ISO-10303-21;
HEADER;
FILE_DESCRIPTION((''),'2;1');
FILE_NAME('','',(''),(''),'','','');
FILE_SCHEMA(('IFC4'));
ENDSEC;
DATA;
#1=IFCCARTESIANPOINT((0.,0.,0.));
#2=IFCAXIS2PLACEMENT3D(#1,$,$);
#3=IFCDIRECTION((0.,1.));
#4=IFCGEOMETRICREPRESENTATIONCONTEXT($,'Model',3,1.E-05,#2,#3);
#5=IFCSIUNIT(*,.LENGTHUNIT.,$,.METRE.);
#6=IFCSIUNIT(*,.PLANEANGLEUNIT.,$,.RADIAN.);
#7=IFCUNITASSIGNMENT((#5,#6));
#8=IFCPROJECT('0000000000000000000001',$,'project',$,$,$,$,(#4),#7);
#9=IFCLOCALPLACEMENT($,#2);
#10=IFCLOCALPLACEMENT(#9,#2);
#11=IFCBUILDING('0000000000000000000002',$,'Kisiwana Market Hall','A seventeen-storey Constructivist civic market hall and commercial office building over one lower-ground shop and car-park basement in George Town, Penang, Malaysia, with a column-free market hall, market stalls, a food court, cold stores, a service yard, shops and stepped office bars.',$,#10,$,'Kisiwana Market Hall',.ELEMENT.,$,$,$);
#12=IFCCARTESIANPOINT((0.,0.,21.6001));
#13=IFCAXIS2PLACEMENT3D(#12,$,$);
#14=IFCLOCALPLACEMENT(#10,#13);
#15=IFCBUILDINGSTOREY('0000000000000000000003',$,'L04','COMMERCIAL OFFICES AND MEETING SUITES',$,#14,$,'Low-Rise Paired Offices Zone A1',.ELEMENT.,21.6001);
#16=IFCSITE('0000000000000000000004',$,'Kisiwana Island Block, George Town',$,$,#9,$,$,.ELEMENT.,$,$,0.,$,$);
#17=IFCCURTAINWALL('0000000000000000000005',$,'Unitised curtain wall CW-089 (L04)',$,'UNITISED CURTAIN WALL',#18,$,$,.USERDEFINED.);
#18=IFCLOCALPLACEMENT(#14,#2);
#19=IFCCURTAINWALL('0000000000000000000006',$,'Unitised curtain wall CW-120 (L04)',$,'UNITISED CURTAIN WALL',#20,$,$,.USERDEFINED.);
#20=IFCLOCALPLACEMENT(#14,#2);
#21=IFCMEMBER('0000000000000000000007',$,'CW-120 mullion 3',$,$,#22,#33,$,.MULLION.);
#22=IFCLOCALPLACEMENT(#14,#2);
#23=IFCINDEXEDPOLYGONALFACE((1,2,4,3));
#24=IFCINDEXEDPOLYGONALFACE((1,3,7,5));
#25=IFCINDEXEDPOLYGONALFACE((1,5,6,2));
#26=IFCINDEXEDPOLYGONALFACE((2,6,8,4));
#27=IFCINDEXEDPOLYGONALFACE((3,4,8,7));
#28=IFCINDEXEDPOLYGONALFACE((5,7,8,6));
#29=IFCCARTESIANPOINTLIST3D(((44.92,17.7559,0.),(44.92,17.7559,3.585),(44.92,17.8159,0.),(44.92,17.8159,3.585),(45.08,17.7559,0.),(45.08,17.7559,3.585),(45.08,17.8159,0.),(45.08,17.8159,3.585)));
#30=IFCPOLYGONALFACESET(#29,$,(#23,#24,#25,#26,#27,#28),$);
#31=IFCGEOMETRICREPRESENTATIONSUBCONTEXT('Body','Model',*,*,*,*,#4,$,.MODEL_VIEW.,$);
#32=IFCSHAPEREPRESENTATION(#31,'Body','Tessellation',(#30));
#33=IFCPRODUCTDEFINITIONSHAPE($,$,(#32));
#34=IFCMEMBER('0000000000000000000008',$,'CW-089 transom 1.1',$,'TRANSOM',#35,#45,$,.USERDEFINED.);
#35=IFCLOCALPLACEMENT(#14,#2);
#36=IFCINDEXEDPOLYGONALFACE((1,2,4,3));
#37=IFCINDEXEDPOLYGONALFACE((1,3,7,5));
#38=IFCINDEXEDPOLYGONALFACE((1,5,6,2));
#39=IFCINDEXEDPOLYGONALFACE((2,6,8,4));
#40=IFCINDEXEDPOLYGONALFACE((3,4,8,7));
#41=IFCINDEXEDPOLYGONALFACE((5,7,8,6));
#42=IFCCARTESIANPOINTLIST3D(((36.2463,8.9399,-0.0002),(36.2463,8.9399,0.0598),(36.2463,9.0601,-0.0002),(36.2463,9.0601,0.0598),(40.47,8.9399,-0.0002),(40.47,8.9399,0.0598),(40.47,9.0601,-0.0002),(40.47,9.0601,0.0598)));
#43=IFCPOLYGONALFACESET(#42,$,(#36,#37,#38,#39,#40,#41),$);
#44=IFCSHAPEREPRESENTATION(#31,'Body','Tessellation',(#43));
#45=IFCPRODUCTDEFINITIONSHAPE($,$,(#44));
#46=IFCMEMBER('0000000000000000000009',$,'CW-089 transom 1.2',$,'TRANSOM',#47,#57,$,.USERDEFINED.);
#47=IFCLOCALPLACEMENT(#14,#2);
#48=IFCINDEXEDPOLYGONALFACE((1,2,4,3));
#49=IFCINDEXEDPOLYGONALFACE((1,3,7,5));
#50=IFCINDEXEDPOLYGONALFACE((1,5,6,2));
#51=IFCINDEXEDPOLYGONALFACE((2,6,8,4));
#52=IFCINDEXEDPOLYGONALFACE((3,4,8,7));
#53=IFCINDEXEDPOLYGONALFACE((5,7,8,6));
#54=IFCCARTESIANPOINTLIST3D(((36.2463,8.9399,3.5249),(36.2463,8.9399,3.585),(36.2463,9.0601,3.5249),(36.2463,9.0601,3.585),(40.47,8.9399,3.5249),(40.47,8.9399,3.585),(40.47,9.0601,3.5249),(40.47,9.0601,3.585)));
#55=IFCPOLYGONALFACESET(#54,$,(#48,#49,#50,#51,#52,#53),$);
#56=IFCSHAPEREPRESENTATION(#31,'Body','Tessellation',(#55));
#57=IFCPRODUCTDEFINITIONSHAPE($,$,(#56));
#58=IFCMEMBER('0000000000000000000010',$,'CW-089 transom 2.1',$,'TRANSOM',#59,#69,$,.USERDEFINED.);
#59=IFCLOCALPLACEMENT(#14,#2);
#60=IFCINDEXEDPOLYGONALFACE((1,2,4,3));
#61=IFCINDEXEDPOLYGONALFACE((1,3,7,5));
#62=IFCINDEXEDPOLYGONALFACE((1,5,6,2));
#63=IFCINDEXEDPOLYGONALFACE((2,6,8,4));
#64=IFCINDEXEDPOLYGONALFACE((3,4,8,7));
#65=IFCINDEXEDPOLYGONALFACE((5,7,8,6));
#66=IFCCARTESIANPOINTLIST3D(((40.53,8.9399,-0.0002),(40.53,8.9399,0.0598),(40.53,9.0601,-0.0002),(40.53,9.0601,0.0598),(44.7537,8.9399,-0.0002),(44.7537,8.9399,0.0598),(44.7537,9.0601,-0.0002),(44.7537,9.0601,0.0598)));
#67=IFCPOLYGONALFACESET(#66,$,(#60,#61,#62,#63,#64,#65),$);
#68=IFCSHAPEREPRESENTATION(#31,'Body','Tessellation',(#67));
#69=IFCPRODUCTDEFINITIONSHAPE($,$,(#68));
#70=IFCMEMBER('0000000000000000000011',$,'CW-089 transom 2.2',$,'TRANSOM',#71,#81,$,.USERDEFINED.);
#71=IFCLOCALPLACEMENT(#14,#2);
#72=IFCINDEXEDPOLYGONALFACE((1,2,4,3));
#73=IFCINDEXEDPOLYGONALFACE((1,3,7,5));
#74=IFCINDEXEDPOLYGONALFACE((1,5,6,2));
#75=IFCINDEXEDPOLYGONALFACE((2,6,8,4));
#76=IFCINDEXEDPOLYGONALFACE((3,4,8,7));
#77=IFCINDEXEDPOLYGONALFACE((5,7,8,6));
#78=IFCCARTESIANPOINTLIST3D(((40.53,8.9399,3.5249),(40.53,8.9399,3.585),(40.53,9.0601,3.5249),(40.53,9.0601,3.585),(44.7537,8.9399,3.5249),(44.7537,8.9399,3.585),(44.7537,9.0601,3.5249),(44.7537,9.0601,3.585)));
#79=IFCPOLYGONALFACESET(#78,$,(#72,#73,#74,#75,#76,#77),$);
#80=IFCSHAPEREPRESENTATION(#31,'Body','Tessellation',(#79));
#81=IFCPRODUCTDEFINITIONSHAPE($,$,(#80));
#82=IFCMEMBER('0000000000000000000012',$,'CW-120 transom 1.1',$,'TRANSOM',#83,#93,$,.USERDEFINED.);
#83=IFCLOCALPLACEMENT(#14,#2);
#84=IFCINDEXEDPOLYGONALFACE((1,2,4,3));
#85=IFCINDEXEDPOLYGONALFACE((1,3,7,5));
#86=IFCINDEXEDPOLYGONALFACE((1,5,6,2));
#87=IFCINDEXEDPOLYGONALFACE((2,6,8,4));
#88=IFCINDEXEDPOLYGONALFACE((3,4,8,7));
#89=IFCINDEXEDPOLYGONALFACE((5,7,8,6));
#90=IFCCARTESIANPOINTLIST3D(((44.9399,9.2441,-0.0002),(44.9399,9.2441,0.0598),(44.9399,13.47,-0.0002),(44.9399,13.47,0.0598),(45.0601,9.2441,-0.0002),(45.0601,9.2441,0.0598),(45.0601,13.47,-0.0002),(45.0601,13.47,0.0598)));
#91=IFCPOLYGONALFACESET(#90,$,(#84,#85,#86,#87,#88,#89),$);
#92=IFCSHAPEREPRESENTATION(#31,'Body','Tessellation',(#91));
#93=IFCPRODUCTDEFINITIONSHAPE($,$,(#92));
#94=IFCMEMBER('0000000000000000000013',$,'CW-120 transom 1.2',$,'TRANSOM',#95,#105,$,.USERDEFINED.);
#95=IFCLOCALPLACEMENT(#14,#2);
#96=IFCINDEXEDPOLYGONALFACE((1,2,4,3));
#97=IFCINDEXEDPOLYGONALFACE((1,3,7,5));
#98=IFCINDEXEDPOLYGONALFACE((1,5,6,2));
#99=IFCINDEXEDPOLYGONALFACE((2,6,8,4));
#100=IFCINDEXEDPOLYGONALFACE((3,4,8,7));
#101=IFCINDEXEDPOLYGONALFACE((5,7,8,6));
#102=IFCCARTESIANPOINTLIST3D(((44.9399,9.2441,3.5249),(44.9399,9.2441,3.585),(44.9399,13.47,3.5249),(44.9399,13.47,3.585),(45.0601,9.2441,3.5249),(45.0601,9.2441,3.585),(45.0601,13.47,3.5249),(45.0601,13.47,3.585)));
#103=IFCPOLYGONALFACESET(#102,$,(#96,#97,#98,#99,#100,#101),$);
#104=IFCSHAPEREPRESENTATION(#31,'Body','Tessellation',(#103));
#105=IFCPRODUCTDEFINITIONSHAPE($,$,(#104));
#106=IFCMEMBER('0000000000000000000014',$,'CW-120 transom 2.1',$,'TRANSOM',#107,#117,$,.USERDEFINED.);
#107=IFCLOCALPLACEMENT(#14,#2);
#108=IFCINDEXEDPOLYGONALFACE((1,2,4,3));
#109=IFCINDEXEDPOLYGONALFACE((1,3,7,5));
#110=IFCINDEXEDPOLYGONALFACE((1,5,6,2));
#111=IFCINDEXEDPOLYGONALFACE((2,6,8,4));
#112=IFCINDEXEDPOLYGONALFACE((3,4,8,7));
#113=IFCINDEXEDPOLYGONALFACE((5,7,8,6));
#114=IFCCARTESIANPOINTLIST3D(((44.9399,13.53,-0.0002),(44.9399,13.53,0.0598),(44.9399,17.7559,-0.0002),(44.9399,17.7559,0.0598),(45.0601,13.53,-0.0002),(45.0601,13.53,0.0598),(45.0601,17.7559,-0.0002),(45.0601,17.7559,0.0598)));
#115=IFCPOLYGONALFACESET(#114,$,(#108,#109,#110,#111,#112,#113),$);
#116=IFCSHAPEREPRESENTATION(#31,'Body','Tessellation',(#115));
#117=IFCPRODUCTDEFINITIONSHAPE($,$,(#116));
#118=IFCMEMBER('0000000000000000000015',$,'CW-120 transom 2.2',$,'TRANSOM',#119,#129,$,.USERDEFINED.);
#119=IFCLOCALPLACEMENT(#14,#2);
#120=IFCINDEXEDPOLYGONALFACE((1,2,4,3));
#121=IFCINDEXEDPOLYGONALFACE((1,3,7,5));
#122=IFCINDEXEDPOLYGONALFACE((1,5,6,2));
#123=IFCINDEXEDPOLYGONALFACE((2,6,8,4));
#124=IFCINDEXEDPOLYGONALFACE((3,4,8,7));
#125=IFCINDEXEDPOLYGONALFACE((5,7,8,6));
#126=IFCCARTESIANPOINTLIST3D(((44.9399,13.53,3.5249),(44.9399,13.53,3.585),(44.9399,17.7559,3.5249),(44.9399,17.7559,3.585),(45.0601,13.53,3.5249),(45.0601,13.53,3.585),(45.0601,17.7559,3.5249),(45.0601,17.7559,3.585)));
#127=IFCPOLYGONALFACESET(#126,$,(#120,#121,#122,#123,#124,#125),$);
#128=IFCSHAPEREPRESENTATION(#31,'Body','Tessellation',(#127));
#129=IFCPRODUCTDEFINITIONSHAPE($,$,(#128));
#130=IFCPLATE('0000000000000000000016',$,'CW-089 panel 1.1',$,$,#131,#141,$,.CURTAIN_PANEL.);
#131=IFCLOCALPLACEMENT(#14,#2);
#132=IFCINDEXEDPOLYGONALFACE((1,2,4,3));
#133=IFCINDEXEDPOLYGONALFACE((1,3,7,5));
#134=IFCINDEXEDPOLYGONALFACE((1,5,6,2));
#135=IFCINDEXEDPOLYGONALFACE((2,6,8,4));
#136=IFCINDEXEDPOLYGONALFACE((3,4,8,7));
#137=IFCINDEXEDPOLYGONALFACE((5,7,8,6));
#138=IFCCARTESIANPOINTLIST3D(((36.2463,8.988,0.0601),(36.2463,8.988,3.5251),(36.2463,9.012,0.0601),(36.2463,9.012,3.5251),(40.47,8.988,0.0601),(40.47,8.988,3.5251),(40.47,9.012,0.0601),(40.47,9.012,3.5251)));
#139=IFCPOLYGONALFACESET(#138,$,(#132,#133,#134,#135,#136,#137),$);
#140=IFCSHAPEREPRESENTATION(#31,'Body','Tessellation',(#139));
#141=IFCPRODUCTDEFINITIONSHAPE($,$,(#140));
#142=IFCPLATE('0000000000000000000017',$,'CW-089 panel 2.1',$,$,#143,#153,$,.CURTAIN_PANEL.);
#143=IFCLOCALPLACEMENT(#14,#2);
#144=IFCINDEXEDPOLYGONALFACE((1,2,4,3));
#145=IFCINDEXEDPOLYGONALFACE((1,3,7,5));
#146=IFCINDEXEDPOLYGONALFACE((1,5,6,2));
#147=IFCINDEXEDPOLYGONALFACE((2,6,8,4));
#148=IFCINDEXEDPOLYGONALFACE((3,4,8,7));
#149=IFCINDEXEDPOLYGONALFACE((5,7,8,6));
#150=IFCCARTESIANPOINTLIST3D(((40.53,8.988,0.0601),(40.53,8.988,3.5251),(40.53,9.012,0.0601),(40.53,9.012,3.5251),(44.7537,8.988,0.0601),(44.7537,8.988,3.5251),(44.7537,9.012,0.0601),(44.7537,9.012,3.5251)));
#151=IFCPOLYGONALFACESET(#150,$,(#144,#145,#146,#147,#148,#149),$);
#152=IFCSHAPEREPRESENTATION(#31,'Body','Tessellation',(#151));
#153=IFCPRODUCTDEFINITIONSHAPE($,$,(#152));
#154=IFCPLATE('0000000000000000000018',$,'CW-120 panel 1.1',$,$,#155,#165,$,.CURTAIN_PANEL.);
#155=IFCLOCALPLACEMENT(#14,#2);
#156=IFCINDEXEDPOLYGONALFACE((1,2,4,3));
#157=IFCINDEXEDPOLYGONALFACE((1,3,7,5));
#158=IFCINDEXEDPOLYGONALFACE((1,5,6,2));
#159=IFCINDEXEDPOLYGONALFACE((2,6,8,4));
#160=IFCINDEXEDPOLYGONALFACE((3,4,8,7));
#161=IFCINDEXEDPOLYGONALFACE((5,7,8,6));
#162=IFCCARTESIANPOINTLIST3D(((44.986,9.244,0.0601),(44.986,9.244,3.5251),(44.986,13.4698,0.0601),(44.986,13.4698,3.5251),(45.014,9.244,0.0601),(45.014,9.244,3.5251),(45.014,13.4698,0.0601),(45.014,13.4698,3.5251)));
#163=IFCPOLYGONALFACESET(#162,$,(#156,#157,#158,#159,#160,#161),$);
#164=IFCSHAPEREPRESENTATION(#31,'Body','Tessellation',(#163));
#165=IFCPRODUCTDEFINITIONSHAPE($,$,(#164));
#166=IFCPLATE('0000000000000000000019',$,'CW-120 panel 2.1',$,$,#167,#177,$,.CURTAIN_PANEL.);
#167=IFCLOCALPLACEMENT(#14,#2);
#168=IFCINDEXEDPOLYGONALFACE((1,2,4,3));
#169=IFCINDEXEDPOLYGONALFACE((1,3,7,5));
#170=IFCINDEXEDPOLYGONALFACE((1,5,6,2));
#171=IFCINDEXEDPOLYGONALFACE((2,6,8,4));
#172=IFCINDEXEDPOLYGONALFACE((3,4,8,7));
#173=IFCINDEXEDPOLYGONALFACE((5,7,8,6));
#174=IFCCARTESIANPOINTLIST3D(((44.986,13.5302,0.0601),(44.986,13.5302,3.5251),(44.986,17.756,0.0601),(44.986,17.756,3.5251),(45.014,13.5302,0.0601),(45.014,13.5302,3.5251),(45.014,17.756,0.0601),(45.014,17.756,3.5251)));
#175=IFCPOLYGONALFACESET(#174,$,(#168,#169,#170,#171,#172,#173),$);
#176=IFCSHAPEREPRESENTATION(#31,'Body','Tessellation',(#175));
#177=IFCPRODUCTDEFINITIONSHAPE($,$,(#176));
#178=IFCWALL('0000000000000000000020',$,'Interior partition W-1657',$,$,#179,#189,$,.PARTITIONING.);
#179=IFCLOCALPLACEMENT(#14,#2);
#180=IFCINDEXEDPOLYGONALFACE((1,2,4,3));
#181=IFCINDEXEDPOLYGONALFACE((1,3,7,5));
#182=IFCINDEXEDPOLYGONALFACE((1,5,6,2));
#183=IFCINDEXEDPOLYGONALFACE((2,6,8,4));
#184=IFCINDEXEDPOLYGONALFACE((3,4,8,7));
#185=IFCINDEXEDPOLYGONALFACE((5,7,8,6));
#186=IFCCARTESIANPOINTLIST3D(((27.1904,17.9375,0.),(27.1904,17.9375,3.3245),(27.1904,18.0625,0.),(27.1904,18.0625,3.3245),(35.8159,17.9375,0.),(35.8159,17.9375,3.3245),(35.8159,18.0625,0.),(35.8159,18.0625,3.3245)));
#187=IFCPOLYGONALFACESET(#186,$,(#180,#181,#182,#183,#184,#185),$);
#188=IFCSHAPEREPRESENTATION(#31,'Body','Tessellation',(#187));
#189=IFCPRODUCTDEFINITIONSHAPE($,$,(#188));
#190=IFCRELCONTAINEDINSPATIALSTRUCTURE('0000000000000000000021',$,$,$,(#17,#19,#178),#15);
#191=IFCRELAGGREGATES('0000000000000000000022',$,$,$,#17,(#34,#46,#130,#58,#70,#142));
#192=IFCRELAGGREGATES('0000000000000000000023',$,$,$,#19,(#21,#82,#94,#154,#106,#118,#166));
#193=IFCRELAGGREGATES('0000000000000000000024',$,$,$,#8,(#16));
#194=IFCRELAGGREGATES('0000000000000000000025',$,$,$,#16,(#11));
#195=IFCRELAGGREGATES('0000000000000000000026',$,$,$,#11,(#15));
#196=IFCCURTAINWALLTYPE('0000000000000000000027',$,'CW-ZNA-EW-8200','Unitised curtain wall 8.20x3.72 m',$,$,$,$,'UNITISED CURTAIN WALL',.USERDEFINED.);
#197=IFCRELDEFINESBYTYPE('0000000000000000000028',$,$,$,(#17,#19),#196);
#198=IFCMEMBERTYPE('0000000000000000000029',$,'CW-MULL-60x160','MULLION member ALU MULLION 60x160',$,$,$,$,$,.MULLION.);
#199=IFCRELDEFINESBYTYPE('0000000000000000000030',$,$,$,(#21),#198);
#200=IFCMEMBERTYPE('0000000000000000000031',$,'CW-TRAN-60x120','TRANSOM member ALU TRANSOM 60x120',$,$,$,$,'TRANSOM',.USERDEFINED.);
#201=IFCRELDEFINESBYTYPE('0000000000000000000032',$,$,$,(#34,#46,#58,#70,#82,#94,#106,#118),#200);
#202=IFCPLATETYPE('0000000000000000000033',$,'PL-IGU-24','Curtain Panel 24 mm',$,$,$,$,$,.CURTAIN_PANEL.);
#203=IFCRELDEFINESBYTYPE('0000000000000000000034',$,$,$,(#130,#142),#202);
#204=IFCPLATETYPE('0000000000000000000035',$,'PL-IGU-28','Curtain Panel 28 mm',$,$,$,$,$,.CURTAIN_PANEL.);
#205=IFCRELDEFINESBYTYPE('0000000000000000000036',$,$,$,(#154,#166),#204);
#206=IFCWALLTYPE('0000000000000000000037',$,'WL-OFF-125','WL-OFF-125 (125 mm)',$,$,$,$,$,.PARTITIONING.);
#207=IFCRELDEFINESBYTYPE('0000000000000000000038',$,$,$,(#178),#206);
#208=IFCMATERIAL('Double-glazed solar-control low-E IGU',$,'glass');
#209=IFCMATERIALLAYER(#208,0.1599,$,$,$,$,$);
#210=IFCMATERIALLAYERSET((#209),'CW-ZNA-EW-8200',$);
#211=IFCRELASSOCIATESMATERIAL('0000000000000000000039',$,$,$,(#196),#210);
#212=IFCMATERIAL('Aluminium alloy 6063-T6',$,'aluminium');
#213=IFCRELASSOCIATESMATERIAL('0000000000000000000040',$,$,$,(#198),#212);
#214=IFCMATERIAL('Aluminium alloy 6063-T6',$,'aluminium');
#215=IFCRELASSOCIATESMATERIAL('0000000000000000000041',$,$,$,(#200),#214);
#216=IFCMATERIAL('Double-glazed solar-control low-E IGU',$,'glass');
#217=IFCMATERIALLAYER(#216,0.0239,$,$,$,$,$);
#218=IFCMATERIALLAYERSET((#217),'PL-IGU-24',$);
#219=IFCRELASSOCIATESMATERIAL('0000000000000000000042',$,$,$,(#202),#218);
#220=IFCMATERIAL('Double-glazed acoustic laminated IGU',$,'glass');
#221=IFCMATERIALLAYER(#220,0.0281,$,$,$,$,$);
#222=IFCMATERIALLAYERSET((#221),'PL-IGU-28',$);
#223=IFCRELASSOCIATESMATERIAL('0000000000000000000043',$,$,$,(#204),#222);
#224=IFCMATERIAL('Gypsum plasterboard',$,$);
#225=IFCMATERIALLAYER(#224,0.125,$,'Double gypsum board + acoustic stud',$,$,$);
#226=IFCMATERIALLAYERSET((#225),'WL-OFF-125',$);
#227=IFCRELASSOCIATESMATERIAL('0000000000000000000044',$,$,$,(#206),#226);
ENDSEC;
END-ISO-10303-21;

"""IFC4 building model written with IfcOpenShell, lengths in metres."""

from ifc_helpers import new_model, si_unit, direction, frame, frame_2d, origin, origin_2d, place, context, subcontext, project, spatial, rectangle, extrude, material, layer, layer_set, material_profile, profile_set, type_object, element, aggregate, save


model = new_model("IFC4")

# Units and contexts
model_context = context("Model", 3, precision=1e-05, world=origin(), true_north=direction((0.0, 1.0)))
body_context = subcontext(model_context, "Body", "Model", "MODEL_VIEW")
ifc_project = project(units=[si_unit("LENGTHUNIT", "METRE"), si_unit("PLANEANGLEUNIT", "RADIAN")], contexts=[model_context])

# Site, building, storey
site_placement = place(None, origin())
site = spatial("IfcSite", under=ifc_project, at=site_placement, Name="Kisiwana Island Block, George Town", CompositionType="ELEMENT", RefElevation=0.0)
building_placement = place(site_placement, origin())
building = spatial("IfcBuilding", under=site, at=building_placement, Name="Kisiwana Market Hall", Description="A seventeen-storey Constructivist civic market hall and commercial office building over one lower-ground shop and car-park basement in George Town, Penang, Malaysia, with a column-free market hall, market stalls, a food court, cold stores, a service yard, shops and stepped office bars.", LongName="Kisiwana Market Hall", CompositionType="ELEMENT")
storey_placement = place(building_placement, frame((0.0, 0.0, 21.6001)))
storey = spatial("IfcBuildingStorey", under=building, at=storey_placement, Name="L04", Description="COMMERCIAL OFFICES AND MEETING SUITES", LongName="Low-Rise Paired Offices Zone A1", CompositionType="ELEMENT", Elevation=21.6001)

# Curtain walls, member
ifc_material_1 = material(Name="Double-glazed solar-control low-E IGU", Category="glass")
ifc_layer_1 = layer(ifc_material_1, 0.1599)
ifc_layer_set_1 = layer_set([ifc_layer_1], Name="CW-ZNA-EW-8200")
curtain_wall_type = type_object("IfcCurtainWallType", Name="CW-ZNA-EW-8200", Description="Unitised curtain wall 8.20x3.72 m", ElementType="UNITISED CURTAIN WALL", PredefinedType="USERDEFINED", material=ifc_layer_set_1)
curtain_wall_1_placement = place(storey_placement, origin())
curtain_wall_1 = element("IfcCurtainWall", 1, at=curtain_wall_1_placement, inside=storey, type_object=curtain_wall_type, Name="Unitised curtain wall CW-089 (L04)", ObjectType="UNITISED CURTAIN WALL", PredefinedType="USERDEFINED")
ifc_material_2 = material(Name="Aluminium alloy 6063-T6", Category="aluminium")
ifc_material_profile_1 = material_profile(ifc_material_2, rectangle(XDim=0.0601, YDim=0.1599, at=origin_2d()), Name="ALU MULLION 60x160")
ifc_profile_set_1 = profile_set([ifc_material_profile_1], Name="Aluminium alloy 6063-T6")
member_type_1 = type_object("IfcMemberType", Name="CW-MULL-60x160", Description="MULLION member ALU MULLION 60x160", PredefinedType="MULLION", material=ifc_profile_set_1)
curtain_wall_2_placement = place(storey_placement, origin())
curtain_wall_2 = element("IfcCurtainWall", 2, at=curtain_wall_2_placement, inside=storey, type_object=curtain_wall_type, Name="Unitised curtain wall CW-120 (L04)", ObjectType="UNITISED CURTAIN WALL", PredefinedType="USERDEFINED")
member_1_placement = place(storey_placement, frame((45.0, 17.7859, 0.0), z_axis=(0.0, 0.0, 1.0), x_axis=(0.0, 1.0, 0.0)))
member_1 = element("IfcMember", 3, at=member_1_placement, type_object=member_type_1, Name="CW-120 mullion 3", PredefinedType="MULLION", context=body_context, shape_type="SweptSolid", body=[
    extrude(rectangle(XDim=0.0601, YDim=0.1599, at=origin_2d()), origin(), (0.0, 0.0, 1.0), 3.585),
])

# Members
ifc_material_3 = material(Name="Aluminium alloy 6063-T6", Category="aluminium")
ifc_material_profile_2 = material_profile(ifc_material_3, rectangle(XDim=0.1201, YDim=0.0601, at=origin_2d()), Name="ALU TRANSOM 60x120")
ifc_profile_set_2 = profile_set([ifc_material_profile_2], Name="Aluminium alloy 6063-T6")
member_type_2 = type_object("IfcMemberType", Name="CW-TRAN-60x120", Description="TRANSOM member ALU TRANSOM 60x120", ElementType="TRANSOM", PredefinedType="USERDEFINED", material=ifc_profile_set_2)
member_2_placement = place(storey_placement, frame((36.2463, 9.0, 0.0298), z_axis=(1.0, 0.0, 0.0), x_axis=(0.0, 1.0, 0.0)))
member_2 = element("IfcMember", 4, at=member_2_placement, type_object=member_type_2, Name="CW-089 transom 1.1", ObjectType="TRANSOM", PredefinedType="USERDEFINED", context=body_context, shape_type="SweptSolid", body=[
    extrude(rectangle(XDim=0.1201, YDim=0.0601, at=origin_2d()), origin(), (0.0, 0.0, 1.0), 4.2236),
])
member_3_placement = place(storey_placement, frame((36.2463, 9.0, 3.5549), z_axis=(1.0, 0.0, 0.0), x_axis=(0.0, 1.0, 0.0)))
member_3 = element("IfcMember", 5, at=member_3_placement, type_object=member_type_2, Name="CW-089 transom 1.2", ObjectType="TRANSOM", PredefinedType="USERDEFINED", context=body_context, shape_type="SweptSolid", body=[
    extrude(rectangle(XDim=0.1201, YDim=0.0601, at=origin_2d()), origin(), (0.0, 0.0, 1.0), 4.2236),
])
member_4_placement = place(storey_placement, frame((40.53, 9.0, 0.0298), z_axis=(1.0, 0.0, 0.0), x_axis=(0.0, 1.0, 0.0)))
member_4 = element("IfcMember", 6, at=member_4_placement, type_object=member_type_2, Name="CW-089 transom 2.1", ObjectType="TRANSOM", PredefinedType="USERDEFINED", context=body_context, shape_type="SweptSolid", body=[
    extrude(rectangle(XDim=0.1201, YDim=0.0601, at=origin_2d()), origin(), (0.0, 0.0, 1.0), 4.2236),
])
member_5_placement = place(storey_placement, frame((40.53, 9.0, 3.5549), z_axis=(1.0, 0.0, 0.0), x_axis=(0.0, 1.0, 0.0)))
member_5 = element("IfcMember", 7, at=member_5_placement, type_object=member_type_2, Name="CW-089 transom 2.2", ObjectType="TRANSOM", PredefinedType="USERDEFINED", context=body_context, shape_type="SweptSolid", body=[
    extrude(rectangle(XDim=0.1201, YDim=0.0601, at=origin_2d()), origin(), (0.0, 0.0, 1.0), 4.2236),
])
member_6_placement = place(storey_placement, frame((45.0, 9.2441, 0.0298), z_axis=(0.0, 1.0, 0.0), x_axis=(-1.0, 0.0, 0.0)))
member_6 = element("IfcMember", 8, at=member_6_placement, type_object=member_type_2, Name="CW-120 transom 1.1", ObjectType="TRANSOM", PredefinedType="USERDEFINED", context=body_context, shape_type="SweptSolid", body=[
    extrude(rectangle(XDim=0.1201, YDim=0.0601, at=origin_2d()), origin(), (0.0, 0.0, 1.0), 4.2258),
])
member_7_placement = place(storey_placement, frame((45.0, 9.2441, 3.5549), z_axis=(0.0, 1.0, 0.0), x_axis=(-1.0, 0.0, 0.0)))
member_7 = element("IfcMember", 9, at=member_7_placement, type_object=member_type_2, Name="CW-120 transom 1.2", ObjectType="TRANSOM", PredefinedType="USERDEFINED", context=body_context, shape_type="SweptSolid", body=[
    extrude(rectangle(XDim=0.1201, YDim=0.0601, at=origin_2d()), origin(), (0.0, 0.0, 1.0), 4.2258),
])
member_8_placement = place(storey_placement, frame((45.0, 13.53, 0.0298), z_axis=(0.0, 1.0, 0.0), x_axis=(-1.0, 0.0, 0.0)))
member_8 = element("IfcMember", 10, at=member_8_placement, type_object=member_type_2, Name="CW-120 transom 2.1", ObjectType="TRANSOM", PredefinedType="USERDEFINED", context=body_context, shape_type="SweptSolid", body=[
    extrude(rectangle(XDim=0.1201, YDim=0.0601, at=origin_2d()), origin(), (0.0, 0.0, 1.0), 4.2258),
])
member_9_placement = place(storey_placement, frame((45.0, 13.53, 3.5549), z_axis=(0.0, 1.0, 0.0), x_axis=(-1.0, 0.0, 0.0)))
member_9 = element("IfcMember", 11, at=member_9_placement, type_object=member_type_2, Name="CW-120 transom 2.2", ObjectType="TRANSOM", PredefinedType="USERDEFINED", context=body_context, shape_type="SweptSolid", body=[
    extrude(rectangle(XDim=0.1201, YDim=0.0601, at=origin_2d()), origin(), (0.0, 0.0, 1.0), 4.2258),
])

# Plates
ifc_material_4 = material(Name="Double-glazed solar-control low-E IGU", Category="glass")
ifc_layer_2 = layer(ifc_material_4, 0.0239)
ifc_layer_set_2 = layer_set([ifc_layer_2], Name="PL-IGU-24")
plate_type_1 = type_object("IfcPlateType", Name="PL-IGU-24", Description="Curtain Panel 24 mm", PredefinedType="CURTAIN_PANEL", material=ifc_layer_set_2)
plate_1_placement = place(storey_placement, frame((38.3582, 9.0, 0.0601), z_axis=(0.0, 0.0, 1.0), x_axis=(1.0, 0.0, 0.0)))
plate_1 = element("IfcPlate", 12, at=plate_1_placement, type_object=plate_type_1, Name="CW-089 panel 1.1", PredefinedType="CURTAIN_PANEL", context=body_context, shape_type="SweptSolid", body=[
    extrude(rectangle(XDim=4.2236, YDim=0.0239, at=origin_2d()), origin(), (0.0, 0.0, 1.0), 3.4651),
])
plate_2_placement = place(storey_placement, frame((42.6418, 9.0, 0.0601), z_axis=(0.0, 0.0, 1.0), x_axis=(1.0, 0.0, 0.0)))
plate_2 = element("IfcPlate", 13, at=plate_2_placement, type_object=plate_type_1, Name="CW-089 panel 2.1", PredefinedType="CURTAIN_PANEL", context=body_context, shape_type="SweptSolid", body=[
    extrude(rectangle(XDim=4.2236, YDim=0.0239, at=origin_2d()), origin(), (0.0, 0.0, 1.0), 3.4651),
])
aggregate(curtain_wall_1, [member_2, member_3, plate_1, member_4, member_5, plate_2])
ifc_material_5 = material(Name="Double-glazed acoustic laminated IGU", Category="glass")
ifc_layer_3 = layer(ifc_material_5, 0.0281)
ifc_layer_set_3 = layer_set([ifc_layer_3], Name="PL-IGU-28")
plate_type_2 = type_object("IfcPlateType", Name="PL-IGU-28", Description="Curtain Panel 28 mm", PredefinedType="CURTAIN_PANEL", material=ifc_layer_set_3)
plate_3_placement = place(storey_placement, frame((45.0, 11.3569, 0.0601), z_axis=(0.0, 0.0, 1.0), x_axis=(0.0, 1.0, 0.0)))
plate_3 = element("IfcPlate", 14, at=plate_3_placement, type_object=plate_type_2, Name="CW-120 panel 1.1", PredefinedType="CURTAIN_PANEL", context=body_context, shape_type="SweptSolid", body=[
    extrude(rectangle(XDim=4.2258, YDim=0.0281, at=origin_2d()), origin(), (0.0, 0.0, 1.0), 3.4651),
])
plate_4_placement = place(storey_placement, frame((45.0, 15.6431, 0.0601), z_axis=(0.0, 0.0, 1.0), x_axis=(0.0, 1.0, 0.0)))
plate_4 = element("IfcPlate", 15, at=plate_4_placement, type_object=plate_type_2, Name="CW-120 panel 2.1", PredefinedType="CURTAIN_PANEL", context=body_context, shape_type="SweptSolid", body=[
    extrude(rectangle(XDim=4.2258, YDim=0.0281, at=origin_2d()), origin(), (0.0, 0.0, 1.0), 3.4651),
])
aggregate(curtain_wall_2, [member_1, member_6, member_7, plate_3, member_8, member_9, plate_4])

# Wall
ifc_material_6 = material(Name="Gypsum plasterboard")
ifc_layer_4 = layer(ifc_material_6, 0.125, Name="Double gypsum board + acoustic stud")
ifc_layer_set_4 = layer_set([ifc_layer_4], Name="WL-OFF-125")
wall_type = type_object("IfcWallType", Name="WL-OFF-125", Description="WL-OFF-125 (125 mm)", PredefinedType="PARTITIONING", material=ifc_layer_set_4)
wall_1_placement = place(storey_placement, frame((27.1904, 18.0, 0.0), z_axis=(0.0, 0.0, 1.0), x_axis=(1.0, 0.0, 0.0)))
element("IfcWall", 16, at=wall_1_placement, inside=storey, type_object=wall_type, Name="Interior partition W-1657", PredefinedType="PARTITIONING", context=body_context, shape_type="SweptSolid", body=[
    extrude(rectangle(XDim=8.6255, YDim=0.125, at=frame_2d((4.3127, 0.0))), origin(), (0.0, 0.0, 1.0), 3.3245),
])

save(model, "model.ifc")
